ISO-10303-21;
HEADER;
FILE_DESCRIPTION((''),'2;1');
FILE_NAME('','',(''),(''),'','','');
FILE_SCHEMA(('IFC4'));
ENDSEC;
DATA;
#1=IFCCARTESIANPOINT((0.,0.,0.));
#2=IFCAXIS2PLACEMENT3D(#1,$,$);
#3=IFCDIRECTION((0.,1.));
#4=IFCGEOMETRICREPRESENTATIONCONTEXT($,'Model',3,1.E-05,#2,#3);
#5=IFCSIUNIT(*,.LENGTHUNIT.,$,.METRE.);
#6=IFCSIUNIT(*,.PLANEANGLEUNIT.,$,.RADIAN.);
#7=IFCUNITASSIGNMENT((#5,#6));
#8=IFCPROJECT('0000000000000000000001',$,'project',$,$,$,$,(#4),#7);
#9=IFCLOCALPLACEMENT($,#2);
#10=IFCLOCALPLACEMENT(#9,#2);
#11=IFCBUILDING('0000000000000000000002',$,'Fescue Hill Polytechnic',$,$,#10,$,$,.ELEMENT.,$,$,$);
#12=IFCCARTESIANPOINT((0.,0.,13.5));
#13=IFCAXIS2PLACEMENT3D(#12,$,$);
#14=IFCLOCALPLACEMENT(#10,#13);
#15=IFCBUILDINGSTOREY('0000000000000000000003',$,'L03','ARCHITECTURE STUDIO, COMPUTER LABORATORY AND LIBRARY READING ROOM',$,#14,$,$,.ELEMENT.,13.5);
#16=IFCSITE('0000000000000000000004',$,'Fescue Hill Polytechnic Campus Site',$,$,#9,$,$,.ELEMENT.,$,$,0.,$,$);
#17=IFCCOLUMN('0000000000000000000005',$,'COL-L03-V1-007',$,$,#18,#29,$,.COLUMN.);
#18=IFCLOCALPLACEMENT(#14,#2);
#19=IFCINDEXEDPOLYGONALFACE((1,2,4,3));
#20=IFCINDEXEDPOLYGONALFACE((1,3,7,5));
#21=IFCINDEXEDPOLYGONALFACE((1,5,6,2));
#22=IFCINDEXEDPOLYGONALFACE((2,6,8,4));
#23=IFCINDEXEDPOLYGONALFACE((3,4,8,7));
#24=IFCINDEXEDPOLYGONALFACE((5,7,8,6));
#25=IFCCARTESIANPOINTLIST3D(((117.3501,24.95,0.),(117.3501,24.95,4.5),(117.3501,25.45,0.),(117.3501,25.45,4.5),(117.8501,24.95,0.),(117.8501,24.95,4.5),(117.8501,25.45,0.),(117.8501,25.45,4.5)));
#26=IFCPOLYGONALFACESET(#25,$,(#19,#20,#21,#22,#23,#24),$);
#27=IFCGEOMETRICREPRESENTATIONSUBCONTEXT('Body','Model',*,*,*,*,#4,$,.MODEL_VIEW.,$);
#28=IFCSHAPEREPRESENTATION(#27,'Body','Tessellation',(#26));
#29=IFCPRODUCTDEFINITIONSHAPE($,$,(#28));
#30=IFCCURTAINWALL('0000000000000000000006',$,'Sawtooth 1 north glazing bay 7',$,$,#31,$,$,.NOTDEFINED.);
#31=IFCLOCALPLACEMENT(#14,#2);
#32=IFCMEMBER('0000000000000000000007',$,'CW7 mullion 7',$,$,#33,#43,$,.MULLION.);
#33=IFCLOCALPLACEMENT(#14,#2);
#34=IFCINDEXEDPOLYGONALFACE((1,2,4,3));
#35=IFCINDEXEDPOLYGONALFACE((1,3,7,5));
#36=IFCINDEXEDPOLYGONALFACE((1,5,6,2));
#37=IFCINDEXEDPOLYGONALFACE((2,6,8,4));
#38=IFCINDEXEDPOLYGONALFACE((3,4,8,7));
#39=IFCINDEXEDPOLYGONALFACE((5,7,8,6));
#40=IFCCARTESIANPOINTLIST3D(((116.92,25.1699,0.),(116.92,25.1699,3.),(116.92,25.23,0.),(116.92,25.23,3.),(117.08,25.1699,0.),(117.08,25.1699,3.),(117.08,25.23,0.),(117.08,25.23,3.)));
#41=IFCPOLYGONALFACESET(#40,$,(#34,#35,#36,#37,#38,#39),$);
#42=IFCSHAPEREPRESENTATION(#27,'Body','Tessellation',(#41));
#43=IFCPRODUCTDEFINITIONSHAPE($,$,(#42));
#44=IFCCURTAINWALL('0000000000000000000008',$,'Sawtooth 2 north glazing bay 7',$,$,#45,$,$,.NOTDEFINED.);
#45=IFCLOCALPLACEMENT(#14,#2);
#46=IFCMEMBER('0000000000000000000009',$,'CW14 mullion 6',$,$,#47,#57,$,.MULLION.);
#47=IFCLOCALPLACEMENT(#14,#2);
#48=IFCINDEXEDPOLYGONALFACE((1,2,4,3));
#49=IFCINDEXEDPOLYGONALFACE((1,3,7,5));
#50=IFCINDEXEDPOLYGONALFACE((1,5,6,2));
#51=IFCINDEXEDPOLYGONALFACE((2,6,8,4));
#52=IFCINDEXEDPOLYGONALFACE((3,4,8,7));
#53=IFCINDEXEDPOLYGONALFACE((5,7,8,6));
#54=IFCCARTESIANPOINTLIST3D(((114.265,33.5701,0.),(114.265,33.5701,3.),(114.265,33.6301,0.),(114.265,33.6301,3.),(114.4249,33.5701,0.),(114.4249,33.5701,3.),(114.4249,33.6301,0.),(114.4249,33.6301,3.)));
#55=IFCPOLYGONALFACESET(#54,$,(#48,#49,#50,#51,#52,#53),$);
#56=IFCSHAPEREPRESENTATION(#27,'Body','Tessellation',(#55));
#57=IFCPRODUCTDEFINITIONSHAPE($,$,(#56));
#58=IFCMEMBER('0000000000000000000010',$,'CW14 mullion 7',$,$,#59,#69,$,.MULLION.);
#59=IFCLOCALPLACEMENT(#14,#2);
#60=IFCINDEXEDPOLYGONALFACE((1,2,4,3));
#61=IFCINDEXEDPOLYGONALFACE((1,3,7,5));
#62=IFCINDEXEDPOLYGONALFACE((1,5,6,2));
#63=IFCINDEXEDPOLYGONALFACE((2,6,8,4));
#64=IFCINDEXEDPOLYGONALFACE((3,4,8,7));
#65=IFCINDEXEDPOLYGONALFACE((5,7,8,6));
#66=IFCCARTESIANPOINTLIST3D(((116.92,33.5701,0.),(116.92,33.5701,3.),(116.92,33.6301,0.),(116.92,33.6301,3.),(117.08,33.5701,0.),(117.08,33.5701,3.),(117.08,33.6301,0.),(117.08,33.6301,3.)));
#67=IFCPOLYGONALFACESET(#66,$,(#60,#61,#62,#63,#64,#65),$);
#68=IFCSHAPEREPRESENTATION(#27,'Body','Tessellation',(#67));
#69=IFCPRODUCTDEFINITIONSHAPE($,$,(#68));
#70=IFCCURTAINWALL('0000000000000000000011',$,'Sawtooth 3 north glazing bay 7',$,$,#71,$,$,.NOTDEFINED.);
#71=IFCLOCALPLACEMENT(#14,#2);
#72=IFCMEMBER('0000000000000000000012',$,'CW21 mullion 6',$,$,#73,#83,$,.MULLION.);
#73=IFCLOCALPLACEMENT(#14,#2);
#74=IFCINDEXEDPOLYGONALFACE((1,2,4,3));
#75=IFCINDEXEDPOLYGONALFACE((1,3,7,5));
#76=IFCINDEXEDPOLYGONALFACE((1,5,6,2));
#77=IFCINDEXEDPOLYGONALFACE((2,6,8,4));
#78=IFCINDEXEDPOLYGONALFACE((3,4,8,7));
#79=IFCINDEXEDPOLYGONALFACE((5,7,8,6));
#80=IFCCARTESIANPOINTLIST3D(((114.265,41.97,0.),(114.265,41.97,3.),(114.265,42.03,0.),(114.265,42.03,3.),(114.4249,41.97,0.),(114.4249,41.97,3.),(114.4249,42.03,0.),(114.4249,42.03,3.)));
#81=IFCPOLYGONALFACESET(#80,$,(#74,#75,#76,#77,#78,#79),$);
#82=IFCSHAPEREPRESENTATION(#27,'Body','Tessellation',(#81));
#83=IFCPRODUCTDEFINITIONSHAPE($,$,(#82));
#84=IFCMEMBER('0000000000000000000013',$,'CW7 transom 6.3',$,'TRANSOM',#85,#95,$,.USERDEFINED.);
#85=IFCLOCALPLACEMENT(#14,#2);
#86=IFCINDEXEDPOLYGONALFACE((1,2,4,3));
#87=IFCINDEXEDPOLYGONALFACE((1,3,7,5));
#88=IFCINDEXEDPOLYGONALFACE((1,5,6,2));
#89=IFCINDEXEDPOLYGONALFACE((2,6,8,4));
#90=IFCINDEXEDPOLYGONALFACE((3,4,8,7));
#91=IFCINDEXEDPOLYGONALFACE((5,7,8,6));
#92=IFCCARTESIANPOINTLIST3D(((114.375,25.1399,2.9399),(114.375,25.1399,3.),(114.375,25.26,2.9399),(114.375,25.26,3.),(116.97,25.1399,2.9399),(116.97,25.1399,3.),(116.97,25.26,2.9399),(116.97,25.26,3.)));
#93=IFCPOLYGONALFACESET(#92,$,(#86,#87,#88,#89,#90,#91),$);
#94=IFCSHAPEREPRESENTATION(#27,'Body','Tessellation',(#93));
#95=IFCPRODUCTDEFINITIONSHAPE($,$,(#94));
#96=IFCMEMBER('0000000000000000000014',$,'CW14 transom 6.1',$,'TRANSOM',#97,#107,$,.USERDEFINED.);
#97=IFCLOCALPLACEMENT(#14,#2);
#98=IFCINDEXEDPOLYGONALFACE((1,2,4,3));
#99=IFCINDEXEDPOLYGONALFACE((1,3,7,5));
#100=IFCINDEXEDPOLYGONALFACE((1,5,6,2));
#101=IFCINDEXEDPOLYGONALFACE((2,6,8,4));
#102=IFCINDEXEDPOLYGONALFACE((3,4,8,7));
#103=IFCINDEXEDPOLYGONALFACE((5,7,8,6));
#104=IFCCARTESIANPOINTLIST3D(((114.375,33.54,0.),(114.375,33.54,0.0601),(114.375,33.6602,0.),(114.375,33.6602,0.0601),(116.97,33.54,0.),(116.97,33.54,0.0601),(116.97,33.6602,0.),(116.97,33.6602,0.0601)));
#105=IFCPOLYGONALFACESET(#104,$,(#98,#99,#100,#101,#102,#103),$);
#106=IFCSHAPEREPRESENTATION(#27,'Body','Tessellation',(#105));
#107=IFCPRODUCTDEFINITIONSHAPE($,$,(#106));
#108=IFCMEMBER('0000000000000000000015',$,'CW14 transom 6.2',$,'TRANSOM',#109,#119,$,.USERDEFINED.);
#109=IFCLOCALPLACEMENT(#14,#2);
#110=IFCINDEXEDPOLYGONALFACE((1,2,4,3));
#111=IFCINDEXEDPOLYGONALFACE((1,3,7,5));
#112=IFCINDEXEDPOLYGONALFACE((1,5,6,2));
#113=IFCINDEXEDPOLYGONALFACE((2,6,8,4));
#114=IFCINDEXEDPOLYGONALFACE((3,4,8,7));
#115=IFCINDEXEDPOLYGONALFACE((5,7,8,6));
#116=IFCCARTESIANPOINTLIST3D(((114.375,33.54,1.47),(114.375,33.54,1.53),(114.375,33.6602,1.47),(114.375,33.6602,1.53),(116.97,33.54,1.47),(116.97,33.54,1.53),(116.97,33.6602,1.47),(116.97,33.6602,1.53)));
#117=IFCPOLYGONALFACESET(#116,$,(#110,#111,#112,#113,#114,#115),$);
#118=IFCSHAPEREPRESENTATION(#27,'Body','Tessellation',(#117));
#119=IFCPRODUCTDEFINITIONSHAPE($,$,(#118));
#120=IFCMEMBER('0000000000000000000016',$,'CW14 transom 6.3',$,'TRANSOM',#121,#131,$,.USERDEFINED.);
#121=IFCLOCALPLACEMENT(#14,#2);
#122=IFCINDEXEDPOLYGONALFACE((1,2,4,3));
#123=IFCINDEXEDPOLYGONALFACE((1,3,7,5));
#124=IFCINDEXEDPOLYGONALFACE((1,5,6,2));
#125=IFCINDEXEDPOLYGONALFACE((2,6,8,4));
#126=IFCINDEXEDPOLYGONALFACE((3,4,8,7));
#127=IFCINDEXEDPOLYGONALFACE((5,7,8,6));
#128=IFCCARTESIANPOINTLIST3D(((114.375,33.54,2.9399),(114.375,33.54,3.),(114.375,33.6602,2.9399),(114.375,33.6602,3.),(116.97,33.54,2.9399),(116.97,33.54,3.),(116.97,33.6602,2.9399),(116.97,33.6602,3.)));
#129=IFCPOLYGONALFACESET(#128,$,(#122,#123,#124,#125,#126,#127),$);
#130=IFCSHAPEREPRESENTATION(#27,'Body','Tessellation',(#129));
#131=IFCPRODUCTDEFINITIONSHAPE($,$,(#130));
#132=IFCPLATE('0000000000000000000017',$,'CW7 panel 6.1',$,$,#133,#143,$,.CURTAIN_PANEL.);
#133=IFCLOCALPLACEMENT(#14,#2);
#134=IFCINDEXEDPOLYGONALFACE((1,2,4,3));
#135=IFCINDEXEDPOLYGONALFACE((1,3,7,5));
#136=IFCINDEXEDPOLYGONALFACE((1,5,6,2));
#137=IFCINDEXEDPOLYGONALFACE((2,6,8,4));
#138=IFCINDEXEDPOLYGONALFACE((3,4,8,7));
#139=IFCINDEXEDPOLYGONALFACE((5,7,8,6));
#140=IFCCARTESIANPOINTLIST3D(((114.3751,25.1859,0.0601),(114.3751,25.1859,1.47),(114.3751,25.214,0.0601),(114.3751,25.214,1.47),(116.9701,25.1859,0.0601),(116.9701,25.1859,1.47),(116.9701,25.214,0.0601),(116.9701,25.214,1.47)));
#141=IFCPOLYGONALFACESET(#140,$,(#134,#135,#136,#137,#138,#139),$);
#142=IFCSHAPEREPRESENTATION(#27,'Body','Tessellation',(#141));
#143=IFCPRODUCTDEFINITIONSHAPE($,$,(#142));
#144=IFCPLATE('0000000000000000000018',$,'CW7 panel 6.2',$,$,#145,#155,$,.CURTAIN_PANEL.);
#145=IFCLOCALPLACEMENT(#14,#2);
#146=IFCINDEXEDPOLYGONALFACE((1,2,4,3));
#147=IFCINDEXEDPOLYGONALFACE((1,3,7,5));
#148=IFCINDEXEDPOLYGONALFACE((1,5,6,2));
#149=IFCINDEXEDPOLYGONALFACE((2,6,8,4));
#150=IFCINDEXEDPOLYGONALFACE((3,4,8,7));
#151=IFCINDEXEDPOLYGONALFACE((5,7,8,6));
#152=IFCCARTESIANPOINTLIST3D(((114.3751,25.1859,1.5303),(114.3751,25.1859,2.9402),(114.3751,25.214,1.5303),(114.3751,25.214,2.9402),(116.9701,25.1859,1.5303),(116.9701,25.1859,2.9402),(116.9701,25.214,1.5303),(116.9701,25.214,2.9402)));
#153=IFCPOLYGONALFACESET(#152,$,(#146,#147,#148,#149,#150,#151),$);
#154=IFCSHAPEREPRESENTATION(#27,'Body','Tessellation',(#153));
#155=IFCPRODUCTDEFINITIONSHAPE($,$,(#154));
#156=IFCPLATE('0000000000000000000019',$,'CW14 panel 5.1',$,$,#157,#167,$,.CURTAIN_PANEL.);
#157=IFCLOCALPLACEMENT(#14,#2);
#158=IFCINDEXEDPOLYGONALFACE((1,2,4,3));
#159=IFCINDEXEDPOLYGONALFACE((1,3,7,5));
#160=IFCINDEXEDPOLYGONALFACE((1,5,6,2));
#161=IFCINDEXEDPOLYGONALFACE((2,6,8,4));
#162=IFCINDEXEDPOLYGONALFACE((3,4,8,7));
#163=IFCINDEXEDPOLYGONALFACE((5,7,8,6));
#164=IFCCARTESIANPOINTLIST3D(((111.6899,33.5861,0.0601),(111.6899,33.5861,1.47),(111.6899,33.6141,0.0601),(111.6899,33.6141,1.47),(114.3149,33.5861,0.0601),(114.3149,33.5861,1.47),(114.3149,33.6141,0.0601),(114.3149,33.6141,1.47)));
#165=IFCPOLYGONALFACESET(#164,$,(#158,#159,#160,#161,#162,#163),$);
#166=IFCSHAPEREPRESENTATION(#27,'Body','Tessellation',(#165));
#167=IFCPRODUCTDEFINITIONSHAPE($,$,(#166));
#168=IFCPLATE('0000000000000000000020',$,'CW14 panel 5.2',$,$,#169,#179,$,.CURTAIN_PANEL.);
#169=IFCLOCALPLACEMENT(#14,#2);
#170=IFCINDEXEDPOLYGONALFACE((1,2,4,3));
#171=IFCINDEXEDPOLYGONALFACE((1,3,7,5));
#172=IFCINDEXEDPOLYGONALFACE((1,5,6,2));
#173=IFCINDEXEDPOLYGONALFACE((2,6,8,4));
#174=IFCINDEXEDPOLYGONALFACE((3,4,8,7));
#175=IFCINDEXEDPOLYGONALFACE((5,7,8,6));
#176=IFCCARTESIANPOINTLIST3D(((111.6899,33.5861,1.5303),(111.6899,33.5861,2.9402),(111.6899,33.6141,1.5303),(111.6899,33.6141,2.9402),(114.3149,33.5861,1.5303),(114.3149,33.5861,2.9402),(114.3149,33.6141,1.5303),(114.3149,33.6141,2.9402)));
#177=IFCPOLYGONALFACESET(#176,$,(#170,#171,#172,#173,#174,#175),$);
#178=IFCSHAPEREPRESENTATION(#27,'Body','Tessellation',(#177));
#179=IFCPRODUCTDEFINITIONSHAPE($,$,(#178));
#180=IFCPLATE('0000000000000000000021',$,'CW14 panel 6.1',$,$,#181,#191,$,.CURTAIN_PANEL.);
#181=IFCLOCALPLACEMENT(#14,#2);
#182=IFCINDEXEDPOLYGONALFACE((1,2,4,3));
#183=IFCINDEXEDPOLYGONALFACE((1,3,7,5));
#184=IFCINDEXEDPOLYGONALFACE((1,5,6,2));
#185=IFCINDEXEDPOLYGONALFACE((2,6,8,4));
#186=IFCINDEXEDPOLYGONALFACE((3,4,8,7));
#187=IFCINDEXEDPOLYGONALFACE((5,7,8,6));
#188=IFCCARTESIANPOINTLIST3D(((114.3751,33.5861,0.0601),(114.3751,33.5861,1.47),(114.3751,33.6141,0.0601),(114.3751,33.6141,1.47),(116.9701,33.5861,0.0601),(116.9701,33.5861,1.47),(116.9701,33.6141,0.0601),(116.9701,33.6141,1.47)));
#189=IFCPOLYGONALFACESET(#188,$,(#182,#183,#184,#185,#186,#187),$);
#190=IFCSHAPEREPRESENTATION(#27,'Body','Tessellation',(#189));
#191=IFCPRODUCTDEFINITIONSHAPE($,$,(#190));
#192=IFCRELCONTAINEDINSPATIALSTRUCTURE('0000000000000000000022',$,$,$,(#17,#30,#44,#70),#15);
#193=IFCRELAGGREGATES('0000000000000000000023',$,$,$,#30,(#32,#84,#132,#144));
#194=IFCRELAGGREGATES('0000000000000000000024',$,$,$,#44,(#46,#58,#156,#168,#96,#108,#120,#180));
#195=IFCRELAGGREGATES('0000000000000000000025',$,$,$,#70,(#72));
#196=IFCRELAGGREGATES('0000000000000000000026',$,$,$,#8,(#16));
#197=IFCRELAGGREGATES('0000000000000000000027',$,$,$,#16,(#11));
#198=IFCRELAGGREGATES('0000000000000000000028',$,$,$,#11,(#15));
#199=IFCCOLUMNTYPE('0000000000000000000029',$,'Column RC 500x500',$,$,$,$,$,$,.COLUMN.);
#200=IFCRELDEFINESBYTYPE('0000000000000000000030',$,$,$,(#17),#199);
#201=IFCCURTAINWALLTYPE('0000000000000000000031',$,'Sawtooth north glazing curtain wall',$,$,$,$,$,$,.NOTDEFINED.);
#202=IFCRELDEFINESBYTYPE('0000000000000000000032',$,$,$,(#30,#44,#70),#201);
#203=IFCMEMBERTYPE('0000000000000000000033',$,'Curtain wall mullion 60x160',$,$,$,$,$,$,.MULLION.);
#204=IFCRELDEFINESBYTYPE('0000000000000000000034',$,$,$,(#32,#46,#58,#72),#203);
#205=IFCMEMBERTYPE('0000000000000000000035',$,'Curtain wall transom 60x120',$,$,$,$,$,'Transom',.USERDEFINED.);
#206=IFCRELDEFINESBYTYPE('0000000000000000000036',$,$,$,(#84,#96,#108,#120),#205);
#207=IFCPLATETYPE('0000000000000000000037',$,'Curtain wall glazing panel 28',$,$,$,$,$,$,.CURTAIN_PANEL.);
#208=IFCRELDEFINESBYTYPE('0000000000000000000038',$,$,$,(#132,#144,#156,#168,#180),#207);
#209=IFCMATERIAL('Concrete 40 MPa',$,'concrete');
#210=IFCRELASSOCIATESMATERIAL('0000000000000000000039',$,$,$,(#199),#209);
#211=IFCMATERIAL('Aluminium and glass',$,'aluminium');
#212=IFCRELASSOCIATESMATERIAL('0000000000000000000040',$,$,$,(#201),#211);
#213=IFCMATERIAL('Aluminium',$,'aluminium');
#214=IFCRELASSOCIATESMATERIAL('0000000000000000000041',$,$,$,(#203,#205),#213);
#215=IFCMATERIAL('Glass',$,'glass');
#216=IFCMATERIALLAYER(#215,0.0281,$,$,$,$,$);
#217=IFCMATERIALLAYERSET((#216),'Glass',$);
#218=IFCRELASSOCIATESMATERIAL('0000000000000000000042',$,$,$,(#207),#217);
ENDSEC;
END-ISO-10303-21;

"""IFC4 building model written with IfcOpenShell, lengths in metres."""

from ifc_helpers import new_model, si_unit, direction, frame, origin, origin_2d, place, context, subcontext, project, spatial, rectangle, extrude, material, layer, layer_set, material_profile, profile_set, type_object, element, aggregate, save


model = new_model("IFC4")

# Units and contexts
model_context = context("Model", 3, precision=1e-05, world=origin(), true_north=direction((0.0, 1.0)))
body_context = subcontext(model_context, "Body", "Model", "MODEL_VIEW")
ifc_project = project(units=[si_unit("LENGTHUNIT", "METRE"), si_unit("PLANEANGLEUNIT", "RADIAN")], contexts=[model_context])

# Site, building, storey
site_placement = place(None, origin())
site = spatial("IfcSite", under=ifc_project, at=site_placement, Name="Fescue Hill Polytechnic Campus Site", CompositionType="ELEMENT", RefElevation=0.0)
building_placement = place(site_placement, origin())
building = spatial("IfcBuilding", under=site, at=building_placement, Name="Fescue Hill Polytechnic", CompositionType="ELEMENT")
storey_placement = place(building_placement, frame((0.0, 0.0, 13.5)))
storey = spatial("IfcBuildingStorey", under=building, at=storey_placement, Name="L03", Description="ARCHITECTURE STUDIO, COMPUTER LABORATORY AND LIBRARY READING ROOM", CompositionType="ELEMENT", Elevation=13.5)

# Column
ifc_material_1 = material(Name="Concrete 40 MPa", Category="concrete")
ifc_material_profile_1 = material_profile(ifc_material_1, rectangle(XDim=0.5, YDim=0.5, at=origin_2d()), Name="RC 500x500")
ifc_profile_set_1 = profile_set([ifc_material_profile_1], Name="Concrete 40 MPa")
column_type = type_object("IfcColumnType", Name="Column RC 500x500", PredefinedType="COLUMN", material=ifc_profile_set_1)
column_placement = place(storey_placement, frame((117.6001, 25.2, 0.0), z_axis=(0.0, 0.0, 1.0), x_axis=(1.0, 0.0, 0.0)))
element("IfcColumn", 1, at=column_placement, inside=storey, type_object=column_type, Name="COL-L03-V1-007", PredefinedType="COLUMN", context=body_context, shape_type="SweptSolid", body=[
    extrude(rectangle(XDim=0.5, YDim=0.5, at=origin_2d()), origin(), (0.0, 0.0, 1.0), 4.5),
])

# Curtain wall, member
ifc_material_2 = material(Name="Aluminium and glass", Category="aluminium")
curtain_wall_type = type_object("IfcCurtainWallType", Name="Sawtooth north glazing curtain wall", PredefinedType="NOTDEFINED", material=ifc_material_2)
curtain_wall_1_placement = place(storey_placement, origin())
curtain_wall_1 = element("IfcCurtainWall", 2, at=curtain_wall_1_placement, inside=storey, type_object=curtain_wall_type, Name="Sawtooth 1 north glazing bay 7", PredefinedType="NOTDEFINED")
ifc_material_3 = material(Name="Aluminium", Category="aluminium")
ifc_material_profile_2 = material_profile(ifc_material_3, rectangle(XDim=0.0601, YDim=0.1599, at=origin_2d()), Name="Curtain wall mullion 60x160")
ifc_profile_set_2 = profile_set([ifc_material_profile_2], Name="Aluminium")
member_type_1 = type_object("IfcMemberType", Name="Curtain wall mullion 60x160", PredefinedType="MULLION", material=ifc_profile_set_2)
member_1_placement = place(storey_placement, frame((117.0, 25.2, 0.0), z_axis=(0.0, 0.0, 1.0), x_axis=(0.0, 1.0, 0.0)))
member_1 = element("IfcMember", 3, at=member_1_placement, type_object=member_type_1, Name="CW7 mullion 7", PredefinedType="MULLION", context=body_context, shape_type="SweptSolid", body=[
    extrude(rectangle(XDim=0.0601, YDim=0.1599, at=origin_2d()), origin(), (0.0, 0.0, 1.0), 3.0),
])

# Curtain wall, members
curtain_wall_2_placement = place(storey_placement, origin())
curtain_wall_2 = element("IfcCurtainWall", 4, at=curtain_wall_2_placement, inside=storey, type_object=curtain_wall_type, Name="Sawtooth 2 north glazing bay 7", PredefinedType="NOTDEFINED")
member_2_placement = place(storey_placement, frame((114.345, 33.6001, 0.0), z_axis=(0.0, 0.0, 1.0), x_axis=(0.0, 1.0, 0.0)))
member_2 = element("IfcMember", 5, at=member_2_placement, type_object=member_type_1, Name="CW14 mullion 6", PredefinedType="MULLION", context=body_context, shape_type="SweptSolid", body=[
    extrude(rectangle(XDim=0.0601, YDim=0.1599, at=origin_2d()), origin(), (0.0, 0.0, 1.0), 3.0),
])
member_3_placement = place(storey_placement, frame((117.0, 33.6001, 0.0), z_axis=(0.0, 0.0, 1.0), x_axis=(0.0, 1.0, 0.0)))
member_3 = element("IfcMember", 6, at=member_3_placement, type_object=member_type_1, Name="CW14 mullion 7", PredefinedType="MULLION", context=body_context, shape_type="SweptSolid", body=[
    extrude(rectangle(XDim=0.0601, YDim=0.1599, at=origin_2d()), origin(), (0.0, 0.0, 1.0), 3.0),
])

# Curtain wall, member
curtain_wall_3_placement = place(storey_placement, origin())
curtain_wall_3 = element("IfcCurtainWall", 7, at=curtain_wall_3_placement, inside=storey, type_object=curtain_wall_type, Name="Sawtooth 3 north glazing bay 7", PredefinedType="NOTDEFINED")
member_4_placement = place(storey_placement, frame((114.345, 42.0, 0.0), z_axis=(0.0, 0.0, 1.0), x_axis=(0.0, 1.0, 0.0)))
member_4 = element("IfcMember", 8, at=member_4_placement, type_object=member_type_1, Name="CW21 mullion 6", PredefinedType="MULLION", context=body_context, shape_type="SweptSolid", body=[
    extrude(rectangle(XDim=0.0601, YDim=0.1599, at=origin_2d()), origin(), (0.0, 0.0, 1.0), 3.0),
])

# Members
ifc_material_profile_3 = material_profile(ifc_material_3, rectangle(XDim=0.1201, YDim=0.0601, at=origin_2d()), Name="Curtain wall transom 60x120")
ifc_profile_set_3 = profile_set([ifc_material_profile_3], Name="Aluminium")
member_type_2 = type_object("IfcMemberType", Name="Curtain wall transom 60x120", ElementType="Transom", PredefinedType="USERDEFINED", material=ifc_profile_set_3)
member_5_placement = place(storey_placement, frame((114.375, 25.2, 2.97), z_axis=(1.0, 0.0, 0.0), x_axis=(0.0, 1.0, 0.0)))
member_5 = element("IfcMember", 9, at=member_5_placement, type_object=member_type_2, Name="CW7 transom 6.3", ObjectType="TRANSOM", PredefinedType="USERDEFINED", context=body_context, shape_type="SweptSolid", body=[
    extrude(rectangle(XDim=0.1201, YDim=0.0601, at=origin_2d()), origin(), (0.0, 0.0, 1.0), 2.595),
])
member_6_placement = place(storey_placement, frame((114.375, 33.6001, 0.03), z_axis=(1.0, 0.0, 0.0), x_axis=(0.0, 1.0, 0.0)))
member_6 = element("IfcMember", 10, at=member_6_placement, type_object=member_type_2, Name="CW14 transom 6.1", ObjectType="TRANSOM", PredefinedType="USERDEFINED", context=body_context, shape_type="SweptSolid", body=[
    extrude(rectangle(XDim=0.1201, YDim=0.0601, at=origin_2d()), origin(), (0.0, 0.0, 1.0), 2.595),
])
member_7_placement = place(storey_placement, frame((114.375, 33.6001, 1.5), z_axis=(1.0, 0.0, 0.0), x_axis=(0.0, 1.0, 0.0)))
member_7 = element("IfcMember", 11, at=member_7_placement, type_object=member_type_2, Name="CW14 transom 6.2", ObjectType="TRANSOM", PredefinedType="USERDEFINED", context=body_context, shape_type="SweptSolid", body=[
    extrude(rectangle(XDim=0.1201, YDim=0.0601, at=origin_2d()), origin(), (0.0, 0.0, 1.0), 2.595),
])
member_8_placement = place(storey_placement, frame((114.375, 33.6001, 2.97), z_axis=(1.0, 0.0, 0.0), x_axis=(0.0, 1.0, 0.0)))
member_8 = element("IfcMember", 12, at=member_8_placement, type_object=member_type_2, Name="CW14 transom 6.3", ObjectType="TRANSOM", PredefinedType="USERDEFINED", context=body_context, shape_type="SweptSolid", body=[
    extrude(rectangle(XDim=0.1201, YDim=0.0601, at=origin_2d()), origin(), (0.0, 0.0, 1.0), 2.595),
])

# Plates
ifc_material_4 = material(Name="Glass", Category="glass")
ifc_layer_1 = layer(ifc_material_4, 0.0281)
ifc_layer_set_1 = layer_set([ifc_layer_1], Name="Glass")
plate_type = type_object("IfcPlateType", Name="Curtain wall glazing panel 28", PredefinedType="CURTAIN_PANEL", material=ifc_layer_set_1)
plate_1_placement = place(storey_placement, frame((115.6726, 25.2, 0.0601), z_axis=(0.0, 0.0, 1.0), x_axis=(1.0, 0.0, 0.0)))
plate_1 = element("IfcPlate", 13, at=plate_1_placement, type_object=plate_type, Name="CW7 panel 6.1", PredefinedType="CURTAIN_PANEL", context=body_context, shape_type="SweptSolid", body=[
    extrude(rectangle(XDim=2.595, YDim=0.0281, at=origin_2d()), origin(), (0.0, 0.0, 1.0), 1.4099),
])
plate_2_placement = place(storey_placement, frame((115.6726, 25.2, 1.5303), z_axis=(0.0, 0.0, 1.0), x_axis=(1.0, 0.0, 0.0)))
plate_2 = element("IfcPlate", 14, at=plate_2_placement, type_object=plate_type, Name="CW7 panel 6.2", PredefinedType="CURTAIN_PANEL", context=body_context, shape_type="SweptSolid", body=[
    extrude(rectangle(XDim=2.595, YDim=0.0281, at=origin_2d()), origin(), (0.0, 0.0, 1.0), 1.4099),
])
aggregate(curtain_wall_1, [member_1, member_5, plate_1, plate_2])
plate_3_placement = place(storey_placement, frame((113.0024, 33.6001, 0.0601), z_axis=(0.0, 0.0, 1.0), x_axis=(1.0, 0.0, 0.0)))
plate_3 = element("IfcPlate", 15, at=plate_3_placement, type_object=plate_type, Name="CW14 panel 5.1", PredefinedType="CURTAIN_PANEL", context=body_context, shape_type="SweptSolid", body=[
    extrude(rectangle(XDim=2.625, YDim=0.0281, at=origin_2d()), origin(), (0.0, 0.0, 1.0), 1.4099),
])
plate_4_placement = place(storey_placement, frame((113.0024, 33.6001, 1.5303), z_axis=(0.0, 0.0, 1.0), x_axis=(1.0, 0.0, 0.0)))
plate_4 = element("IfcPlate", 16, at=plate_4_placement, type_object=plate_type, Name="CW14 panel 5.2", PredefinedType="CURTAIN_PANEL", context=body_context, shape_type="SweptSolid", body=[
    extrude(rectangle(XDim=2.625, YDim=0.0281, at=origin_2d()), origin(), (0.0, 0.0, 1.0), 1.4099),
])
plate_5_placement = place(storey_placement, frame((115.6726, 33.6001, 0.0601), z_axis=(0.0, 0.0, 1.0), x_axis=(1.0, 0.0, 0.0)))
plate_5 = element("IfcPlate", 17, at=plate_5_placement, type_object=plate_type, Name="CW14 panel 6.1", PredefinedType="CURTAIN_PANEL", context=body_context, shape_type="SweptSolid", body=[
    extrude(rectangle(XDim=2.595, YDim=0.0281, at=origin_2d()), origin(), (0.0, 0.0, 1.0), 1.4099),
])
aggregate(curtain_wall_2, [member_2, member_3, plate_3, plate_4, member_6, member_7, member_8, plate_5])
aggregate(curtain_wall_3, [member_4])

save(model, "model.ifc")
